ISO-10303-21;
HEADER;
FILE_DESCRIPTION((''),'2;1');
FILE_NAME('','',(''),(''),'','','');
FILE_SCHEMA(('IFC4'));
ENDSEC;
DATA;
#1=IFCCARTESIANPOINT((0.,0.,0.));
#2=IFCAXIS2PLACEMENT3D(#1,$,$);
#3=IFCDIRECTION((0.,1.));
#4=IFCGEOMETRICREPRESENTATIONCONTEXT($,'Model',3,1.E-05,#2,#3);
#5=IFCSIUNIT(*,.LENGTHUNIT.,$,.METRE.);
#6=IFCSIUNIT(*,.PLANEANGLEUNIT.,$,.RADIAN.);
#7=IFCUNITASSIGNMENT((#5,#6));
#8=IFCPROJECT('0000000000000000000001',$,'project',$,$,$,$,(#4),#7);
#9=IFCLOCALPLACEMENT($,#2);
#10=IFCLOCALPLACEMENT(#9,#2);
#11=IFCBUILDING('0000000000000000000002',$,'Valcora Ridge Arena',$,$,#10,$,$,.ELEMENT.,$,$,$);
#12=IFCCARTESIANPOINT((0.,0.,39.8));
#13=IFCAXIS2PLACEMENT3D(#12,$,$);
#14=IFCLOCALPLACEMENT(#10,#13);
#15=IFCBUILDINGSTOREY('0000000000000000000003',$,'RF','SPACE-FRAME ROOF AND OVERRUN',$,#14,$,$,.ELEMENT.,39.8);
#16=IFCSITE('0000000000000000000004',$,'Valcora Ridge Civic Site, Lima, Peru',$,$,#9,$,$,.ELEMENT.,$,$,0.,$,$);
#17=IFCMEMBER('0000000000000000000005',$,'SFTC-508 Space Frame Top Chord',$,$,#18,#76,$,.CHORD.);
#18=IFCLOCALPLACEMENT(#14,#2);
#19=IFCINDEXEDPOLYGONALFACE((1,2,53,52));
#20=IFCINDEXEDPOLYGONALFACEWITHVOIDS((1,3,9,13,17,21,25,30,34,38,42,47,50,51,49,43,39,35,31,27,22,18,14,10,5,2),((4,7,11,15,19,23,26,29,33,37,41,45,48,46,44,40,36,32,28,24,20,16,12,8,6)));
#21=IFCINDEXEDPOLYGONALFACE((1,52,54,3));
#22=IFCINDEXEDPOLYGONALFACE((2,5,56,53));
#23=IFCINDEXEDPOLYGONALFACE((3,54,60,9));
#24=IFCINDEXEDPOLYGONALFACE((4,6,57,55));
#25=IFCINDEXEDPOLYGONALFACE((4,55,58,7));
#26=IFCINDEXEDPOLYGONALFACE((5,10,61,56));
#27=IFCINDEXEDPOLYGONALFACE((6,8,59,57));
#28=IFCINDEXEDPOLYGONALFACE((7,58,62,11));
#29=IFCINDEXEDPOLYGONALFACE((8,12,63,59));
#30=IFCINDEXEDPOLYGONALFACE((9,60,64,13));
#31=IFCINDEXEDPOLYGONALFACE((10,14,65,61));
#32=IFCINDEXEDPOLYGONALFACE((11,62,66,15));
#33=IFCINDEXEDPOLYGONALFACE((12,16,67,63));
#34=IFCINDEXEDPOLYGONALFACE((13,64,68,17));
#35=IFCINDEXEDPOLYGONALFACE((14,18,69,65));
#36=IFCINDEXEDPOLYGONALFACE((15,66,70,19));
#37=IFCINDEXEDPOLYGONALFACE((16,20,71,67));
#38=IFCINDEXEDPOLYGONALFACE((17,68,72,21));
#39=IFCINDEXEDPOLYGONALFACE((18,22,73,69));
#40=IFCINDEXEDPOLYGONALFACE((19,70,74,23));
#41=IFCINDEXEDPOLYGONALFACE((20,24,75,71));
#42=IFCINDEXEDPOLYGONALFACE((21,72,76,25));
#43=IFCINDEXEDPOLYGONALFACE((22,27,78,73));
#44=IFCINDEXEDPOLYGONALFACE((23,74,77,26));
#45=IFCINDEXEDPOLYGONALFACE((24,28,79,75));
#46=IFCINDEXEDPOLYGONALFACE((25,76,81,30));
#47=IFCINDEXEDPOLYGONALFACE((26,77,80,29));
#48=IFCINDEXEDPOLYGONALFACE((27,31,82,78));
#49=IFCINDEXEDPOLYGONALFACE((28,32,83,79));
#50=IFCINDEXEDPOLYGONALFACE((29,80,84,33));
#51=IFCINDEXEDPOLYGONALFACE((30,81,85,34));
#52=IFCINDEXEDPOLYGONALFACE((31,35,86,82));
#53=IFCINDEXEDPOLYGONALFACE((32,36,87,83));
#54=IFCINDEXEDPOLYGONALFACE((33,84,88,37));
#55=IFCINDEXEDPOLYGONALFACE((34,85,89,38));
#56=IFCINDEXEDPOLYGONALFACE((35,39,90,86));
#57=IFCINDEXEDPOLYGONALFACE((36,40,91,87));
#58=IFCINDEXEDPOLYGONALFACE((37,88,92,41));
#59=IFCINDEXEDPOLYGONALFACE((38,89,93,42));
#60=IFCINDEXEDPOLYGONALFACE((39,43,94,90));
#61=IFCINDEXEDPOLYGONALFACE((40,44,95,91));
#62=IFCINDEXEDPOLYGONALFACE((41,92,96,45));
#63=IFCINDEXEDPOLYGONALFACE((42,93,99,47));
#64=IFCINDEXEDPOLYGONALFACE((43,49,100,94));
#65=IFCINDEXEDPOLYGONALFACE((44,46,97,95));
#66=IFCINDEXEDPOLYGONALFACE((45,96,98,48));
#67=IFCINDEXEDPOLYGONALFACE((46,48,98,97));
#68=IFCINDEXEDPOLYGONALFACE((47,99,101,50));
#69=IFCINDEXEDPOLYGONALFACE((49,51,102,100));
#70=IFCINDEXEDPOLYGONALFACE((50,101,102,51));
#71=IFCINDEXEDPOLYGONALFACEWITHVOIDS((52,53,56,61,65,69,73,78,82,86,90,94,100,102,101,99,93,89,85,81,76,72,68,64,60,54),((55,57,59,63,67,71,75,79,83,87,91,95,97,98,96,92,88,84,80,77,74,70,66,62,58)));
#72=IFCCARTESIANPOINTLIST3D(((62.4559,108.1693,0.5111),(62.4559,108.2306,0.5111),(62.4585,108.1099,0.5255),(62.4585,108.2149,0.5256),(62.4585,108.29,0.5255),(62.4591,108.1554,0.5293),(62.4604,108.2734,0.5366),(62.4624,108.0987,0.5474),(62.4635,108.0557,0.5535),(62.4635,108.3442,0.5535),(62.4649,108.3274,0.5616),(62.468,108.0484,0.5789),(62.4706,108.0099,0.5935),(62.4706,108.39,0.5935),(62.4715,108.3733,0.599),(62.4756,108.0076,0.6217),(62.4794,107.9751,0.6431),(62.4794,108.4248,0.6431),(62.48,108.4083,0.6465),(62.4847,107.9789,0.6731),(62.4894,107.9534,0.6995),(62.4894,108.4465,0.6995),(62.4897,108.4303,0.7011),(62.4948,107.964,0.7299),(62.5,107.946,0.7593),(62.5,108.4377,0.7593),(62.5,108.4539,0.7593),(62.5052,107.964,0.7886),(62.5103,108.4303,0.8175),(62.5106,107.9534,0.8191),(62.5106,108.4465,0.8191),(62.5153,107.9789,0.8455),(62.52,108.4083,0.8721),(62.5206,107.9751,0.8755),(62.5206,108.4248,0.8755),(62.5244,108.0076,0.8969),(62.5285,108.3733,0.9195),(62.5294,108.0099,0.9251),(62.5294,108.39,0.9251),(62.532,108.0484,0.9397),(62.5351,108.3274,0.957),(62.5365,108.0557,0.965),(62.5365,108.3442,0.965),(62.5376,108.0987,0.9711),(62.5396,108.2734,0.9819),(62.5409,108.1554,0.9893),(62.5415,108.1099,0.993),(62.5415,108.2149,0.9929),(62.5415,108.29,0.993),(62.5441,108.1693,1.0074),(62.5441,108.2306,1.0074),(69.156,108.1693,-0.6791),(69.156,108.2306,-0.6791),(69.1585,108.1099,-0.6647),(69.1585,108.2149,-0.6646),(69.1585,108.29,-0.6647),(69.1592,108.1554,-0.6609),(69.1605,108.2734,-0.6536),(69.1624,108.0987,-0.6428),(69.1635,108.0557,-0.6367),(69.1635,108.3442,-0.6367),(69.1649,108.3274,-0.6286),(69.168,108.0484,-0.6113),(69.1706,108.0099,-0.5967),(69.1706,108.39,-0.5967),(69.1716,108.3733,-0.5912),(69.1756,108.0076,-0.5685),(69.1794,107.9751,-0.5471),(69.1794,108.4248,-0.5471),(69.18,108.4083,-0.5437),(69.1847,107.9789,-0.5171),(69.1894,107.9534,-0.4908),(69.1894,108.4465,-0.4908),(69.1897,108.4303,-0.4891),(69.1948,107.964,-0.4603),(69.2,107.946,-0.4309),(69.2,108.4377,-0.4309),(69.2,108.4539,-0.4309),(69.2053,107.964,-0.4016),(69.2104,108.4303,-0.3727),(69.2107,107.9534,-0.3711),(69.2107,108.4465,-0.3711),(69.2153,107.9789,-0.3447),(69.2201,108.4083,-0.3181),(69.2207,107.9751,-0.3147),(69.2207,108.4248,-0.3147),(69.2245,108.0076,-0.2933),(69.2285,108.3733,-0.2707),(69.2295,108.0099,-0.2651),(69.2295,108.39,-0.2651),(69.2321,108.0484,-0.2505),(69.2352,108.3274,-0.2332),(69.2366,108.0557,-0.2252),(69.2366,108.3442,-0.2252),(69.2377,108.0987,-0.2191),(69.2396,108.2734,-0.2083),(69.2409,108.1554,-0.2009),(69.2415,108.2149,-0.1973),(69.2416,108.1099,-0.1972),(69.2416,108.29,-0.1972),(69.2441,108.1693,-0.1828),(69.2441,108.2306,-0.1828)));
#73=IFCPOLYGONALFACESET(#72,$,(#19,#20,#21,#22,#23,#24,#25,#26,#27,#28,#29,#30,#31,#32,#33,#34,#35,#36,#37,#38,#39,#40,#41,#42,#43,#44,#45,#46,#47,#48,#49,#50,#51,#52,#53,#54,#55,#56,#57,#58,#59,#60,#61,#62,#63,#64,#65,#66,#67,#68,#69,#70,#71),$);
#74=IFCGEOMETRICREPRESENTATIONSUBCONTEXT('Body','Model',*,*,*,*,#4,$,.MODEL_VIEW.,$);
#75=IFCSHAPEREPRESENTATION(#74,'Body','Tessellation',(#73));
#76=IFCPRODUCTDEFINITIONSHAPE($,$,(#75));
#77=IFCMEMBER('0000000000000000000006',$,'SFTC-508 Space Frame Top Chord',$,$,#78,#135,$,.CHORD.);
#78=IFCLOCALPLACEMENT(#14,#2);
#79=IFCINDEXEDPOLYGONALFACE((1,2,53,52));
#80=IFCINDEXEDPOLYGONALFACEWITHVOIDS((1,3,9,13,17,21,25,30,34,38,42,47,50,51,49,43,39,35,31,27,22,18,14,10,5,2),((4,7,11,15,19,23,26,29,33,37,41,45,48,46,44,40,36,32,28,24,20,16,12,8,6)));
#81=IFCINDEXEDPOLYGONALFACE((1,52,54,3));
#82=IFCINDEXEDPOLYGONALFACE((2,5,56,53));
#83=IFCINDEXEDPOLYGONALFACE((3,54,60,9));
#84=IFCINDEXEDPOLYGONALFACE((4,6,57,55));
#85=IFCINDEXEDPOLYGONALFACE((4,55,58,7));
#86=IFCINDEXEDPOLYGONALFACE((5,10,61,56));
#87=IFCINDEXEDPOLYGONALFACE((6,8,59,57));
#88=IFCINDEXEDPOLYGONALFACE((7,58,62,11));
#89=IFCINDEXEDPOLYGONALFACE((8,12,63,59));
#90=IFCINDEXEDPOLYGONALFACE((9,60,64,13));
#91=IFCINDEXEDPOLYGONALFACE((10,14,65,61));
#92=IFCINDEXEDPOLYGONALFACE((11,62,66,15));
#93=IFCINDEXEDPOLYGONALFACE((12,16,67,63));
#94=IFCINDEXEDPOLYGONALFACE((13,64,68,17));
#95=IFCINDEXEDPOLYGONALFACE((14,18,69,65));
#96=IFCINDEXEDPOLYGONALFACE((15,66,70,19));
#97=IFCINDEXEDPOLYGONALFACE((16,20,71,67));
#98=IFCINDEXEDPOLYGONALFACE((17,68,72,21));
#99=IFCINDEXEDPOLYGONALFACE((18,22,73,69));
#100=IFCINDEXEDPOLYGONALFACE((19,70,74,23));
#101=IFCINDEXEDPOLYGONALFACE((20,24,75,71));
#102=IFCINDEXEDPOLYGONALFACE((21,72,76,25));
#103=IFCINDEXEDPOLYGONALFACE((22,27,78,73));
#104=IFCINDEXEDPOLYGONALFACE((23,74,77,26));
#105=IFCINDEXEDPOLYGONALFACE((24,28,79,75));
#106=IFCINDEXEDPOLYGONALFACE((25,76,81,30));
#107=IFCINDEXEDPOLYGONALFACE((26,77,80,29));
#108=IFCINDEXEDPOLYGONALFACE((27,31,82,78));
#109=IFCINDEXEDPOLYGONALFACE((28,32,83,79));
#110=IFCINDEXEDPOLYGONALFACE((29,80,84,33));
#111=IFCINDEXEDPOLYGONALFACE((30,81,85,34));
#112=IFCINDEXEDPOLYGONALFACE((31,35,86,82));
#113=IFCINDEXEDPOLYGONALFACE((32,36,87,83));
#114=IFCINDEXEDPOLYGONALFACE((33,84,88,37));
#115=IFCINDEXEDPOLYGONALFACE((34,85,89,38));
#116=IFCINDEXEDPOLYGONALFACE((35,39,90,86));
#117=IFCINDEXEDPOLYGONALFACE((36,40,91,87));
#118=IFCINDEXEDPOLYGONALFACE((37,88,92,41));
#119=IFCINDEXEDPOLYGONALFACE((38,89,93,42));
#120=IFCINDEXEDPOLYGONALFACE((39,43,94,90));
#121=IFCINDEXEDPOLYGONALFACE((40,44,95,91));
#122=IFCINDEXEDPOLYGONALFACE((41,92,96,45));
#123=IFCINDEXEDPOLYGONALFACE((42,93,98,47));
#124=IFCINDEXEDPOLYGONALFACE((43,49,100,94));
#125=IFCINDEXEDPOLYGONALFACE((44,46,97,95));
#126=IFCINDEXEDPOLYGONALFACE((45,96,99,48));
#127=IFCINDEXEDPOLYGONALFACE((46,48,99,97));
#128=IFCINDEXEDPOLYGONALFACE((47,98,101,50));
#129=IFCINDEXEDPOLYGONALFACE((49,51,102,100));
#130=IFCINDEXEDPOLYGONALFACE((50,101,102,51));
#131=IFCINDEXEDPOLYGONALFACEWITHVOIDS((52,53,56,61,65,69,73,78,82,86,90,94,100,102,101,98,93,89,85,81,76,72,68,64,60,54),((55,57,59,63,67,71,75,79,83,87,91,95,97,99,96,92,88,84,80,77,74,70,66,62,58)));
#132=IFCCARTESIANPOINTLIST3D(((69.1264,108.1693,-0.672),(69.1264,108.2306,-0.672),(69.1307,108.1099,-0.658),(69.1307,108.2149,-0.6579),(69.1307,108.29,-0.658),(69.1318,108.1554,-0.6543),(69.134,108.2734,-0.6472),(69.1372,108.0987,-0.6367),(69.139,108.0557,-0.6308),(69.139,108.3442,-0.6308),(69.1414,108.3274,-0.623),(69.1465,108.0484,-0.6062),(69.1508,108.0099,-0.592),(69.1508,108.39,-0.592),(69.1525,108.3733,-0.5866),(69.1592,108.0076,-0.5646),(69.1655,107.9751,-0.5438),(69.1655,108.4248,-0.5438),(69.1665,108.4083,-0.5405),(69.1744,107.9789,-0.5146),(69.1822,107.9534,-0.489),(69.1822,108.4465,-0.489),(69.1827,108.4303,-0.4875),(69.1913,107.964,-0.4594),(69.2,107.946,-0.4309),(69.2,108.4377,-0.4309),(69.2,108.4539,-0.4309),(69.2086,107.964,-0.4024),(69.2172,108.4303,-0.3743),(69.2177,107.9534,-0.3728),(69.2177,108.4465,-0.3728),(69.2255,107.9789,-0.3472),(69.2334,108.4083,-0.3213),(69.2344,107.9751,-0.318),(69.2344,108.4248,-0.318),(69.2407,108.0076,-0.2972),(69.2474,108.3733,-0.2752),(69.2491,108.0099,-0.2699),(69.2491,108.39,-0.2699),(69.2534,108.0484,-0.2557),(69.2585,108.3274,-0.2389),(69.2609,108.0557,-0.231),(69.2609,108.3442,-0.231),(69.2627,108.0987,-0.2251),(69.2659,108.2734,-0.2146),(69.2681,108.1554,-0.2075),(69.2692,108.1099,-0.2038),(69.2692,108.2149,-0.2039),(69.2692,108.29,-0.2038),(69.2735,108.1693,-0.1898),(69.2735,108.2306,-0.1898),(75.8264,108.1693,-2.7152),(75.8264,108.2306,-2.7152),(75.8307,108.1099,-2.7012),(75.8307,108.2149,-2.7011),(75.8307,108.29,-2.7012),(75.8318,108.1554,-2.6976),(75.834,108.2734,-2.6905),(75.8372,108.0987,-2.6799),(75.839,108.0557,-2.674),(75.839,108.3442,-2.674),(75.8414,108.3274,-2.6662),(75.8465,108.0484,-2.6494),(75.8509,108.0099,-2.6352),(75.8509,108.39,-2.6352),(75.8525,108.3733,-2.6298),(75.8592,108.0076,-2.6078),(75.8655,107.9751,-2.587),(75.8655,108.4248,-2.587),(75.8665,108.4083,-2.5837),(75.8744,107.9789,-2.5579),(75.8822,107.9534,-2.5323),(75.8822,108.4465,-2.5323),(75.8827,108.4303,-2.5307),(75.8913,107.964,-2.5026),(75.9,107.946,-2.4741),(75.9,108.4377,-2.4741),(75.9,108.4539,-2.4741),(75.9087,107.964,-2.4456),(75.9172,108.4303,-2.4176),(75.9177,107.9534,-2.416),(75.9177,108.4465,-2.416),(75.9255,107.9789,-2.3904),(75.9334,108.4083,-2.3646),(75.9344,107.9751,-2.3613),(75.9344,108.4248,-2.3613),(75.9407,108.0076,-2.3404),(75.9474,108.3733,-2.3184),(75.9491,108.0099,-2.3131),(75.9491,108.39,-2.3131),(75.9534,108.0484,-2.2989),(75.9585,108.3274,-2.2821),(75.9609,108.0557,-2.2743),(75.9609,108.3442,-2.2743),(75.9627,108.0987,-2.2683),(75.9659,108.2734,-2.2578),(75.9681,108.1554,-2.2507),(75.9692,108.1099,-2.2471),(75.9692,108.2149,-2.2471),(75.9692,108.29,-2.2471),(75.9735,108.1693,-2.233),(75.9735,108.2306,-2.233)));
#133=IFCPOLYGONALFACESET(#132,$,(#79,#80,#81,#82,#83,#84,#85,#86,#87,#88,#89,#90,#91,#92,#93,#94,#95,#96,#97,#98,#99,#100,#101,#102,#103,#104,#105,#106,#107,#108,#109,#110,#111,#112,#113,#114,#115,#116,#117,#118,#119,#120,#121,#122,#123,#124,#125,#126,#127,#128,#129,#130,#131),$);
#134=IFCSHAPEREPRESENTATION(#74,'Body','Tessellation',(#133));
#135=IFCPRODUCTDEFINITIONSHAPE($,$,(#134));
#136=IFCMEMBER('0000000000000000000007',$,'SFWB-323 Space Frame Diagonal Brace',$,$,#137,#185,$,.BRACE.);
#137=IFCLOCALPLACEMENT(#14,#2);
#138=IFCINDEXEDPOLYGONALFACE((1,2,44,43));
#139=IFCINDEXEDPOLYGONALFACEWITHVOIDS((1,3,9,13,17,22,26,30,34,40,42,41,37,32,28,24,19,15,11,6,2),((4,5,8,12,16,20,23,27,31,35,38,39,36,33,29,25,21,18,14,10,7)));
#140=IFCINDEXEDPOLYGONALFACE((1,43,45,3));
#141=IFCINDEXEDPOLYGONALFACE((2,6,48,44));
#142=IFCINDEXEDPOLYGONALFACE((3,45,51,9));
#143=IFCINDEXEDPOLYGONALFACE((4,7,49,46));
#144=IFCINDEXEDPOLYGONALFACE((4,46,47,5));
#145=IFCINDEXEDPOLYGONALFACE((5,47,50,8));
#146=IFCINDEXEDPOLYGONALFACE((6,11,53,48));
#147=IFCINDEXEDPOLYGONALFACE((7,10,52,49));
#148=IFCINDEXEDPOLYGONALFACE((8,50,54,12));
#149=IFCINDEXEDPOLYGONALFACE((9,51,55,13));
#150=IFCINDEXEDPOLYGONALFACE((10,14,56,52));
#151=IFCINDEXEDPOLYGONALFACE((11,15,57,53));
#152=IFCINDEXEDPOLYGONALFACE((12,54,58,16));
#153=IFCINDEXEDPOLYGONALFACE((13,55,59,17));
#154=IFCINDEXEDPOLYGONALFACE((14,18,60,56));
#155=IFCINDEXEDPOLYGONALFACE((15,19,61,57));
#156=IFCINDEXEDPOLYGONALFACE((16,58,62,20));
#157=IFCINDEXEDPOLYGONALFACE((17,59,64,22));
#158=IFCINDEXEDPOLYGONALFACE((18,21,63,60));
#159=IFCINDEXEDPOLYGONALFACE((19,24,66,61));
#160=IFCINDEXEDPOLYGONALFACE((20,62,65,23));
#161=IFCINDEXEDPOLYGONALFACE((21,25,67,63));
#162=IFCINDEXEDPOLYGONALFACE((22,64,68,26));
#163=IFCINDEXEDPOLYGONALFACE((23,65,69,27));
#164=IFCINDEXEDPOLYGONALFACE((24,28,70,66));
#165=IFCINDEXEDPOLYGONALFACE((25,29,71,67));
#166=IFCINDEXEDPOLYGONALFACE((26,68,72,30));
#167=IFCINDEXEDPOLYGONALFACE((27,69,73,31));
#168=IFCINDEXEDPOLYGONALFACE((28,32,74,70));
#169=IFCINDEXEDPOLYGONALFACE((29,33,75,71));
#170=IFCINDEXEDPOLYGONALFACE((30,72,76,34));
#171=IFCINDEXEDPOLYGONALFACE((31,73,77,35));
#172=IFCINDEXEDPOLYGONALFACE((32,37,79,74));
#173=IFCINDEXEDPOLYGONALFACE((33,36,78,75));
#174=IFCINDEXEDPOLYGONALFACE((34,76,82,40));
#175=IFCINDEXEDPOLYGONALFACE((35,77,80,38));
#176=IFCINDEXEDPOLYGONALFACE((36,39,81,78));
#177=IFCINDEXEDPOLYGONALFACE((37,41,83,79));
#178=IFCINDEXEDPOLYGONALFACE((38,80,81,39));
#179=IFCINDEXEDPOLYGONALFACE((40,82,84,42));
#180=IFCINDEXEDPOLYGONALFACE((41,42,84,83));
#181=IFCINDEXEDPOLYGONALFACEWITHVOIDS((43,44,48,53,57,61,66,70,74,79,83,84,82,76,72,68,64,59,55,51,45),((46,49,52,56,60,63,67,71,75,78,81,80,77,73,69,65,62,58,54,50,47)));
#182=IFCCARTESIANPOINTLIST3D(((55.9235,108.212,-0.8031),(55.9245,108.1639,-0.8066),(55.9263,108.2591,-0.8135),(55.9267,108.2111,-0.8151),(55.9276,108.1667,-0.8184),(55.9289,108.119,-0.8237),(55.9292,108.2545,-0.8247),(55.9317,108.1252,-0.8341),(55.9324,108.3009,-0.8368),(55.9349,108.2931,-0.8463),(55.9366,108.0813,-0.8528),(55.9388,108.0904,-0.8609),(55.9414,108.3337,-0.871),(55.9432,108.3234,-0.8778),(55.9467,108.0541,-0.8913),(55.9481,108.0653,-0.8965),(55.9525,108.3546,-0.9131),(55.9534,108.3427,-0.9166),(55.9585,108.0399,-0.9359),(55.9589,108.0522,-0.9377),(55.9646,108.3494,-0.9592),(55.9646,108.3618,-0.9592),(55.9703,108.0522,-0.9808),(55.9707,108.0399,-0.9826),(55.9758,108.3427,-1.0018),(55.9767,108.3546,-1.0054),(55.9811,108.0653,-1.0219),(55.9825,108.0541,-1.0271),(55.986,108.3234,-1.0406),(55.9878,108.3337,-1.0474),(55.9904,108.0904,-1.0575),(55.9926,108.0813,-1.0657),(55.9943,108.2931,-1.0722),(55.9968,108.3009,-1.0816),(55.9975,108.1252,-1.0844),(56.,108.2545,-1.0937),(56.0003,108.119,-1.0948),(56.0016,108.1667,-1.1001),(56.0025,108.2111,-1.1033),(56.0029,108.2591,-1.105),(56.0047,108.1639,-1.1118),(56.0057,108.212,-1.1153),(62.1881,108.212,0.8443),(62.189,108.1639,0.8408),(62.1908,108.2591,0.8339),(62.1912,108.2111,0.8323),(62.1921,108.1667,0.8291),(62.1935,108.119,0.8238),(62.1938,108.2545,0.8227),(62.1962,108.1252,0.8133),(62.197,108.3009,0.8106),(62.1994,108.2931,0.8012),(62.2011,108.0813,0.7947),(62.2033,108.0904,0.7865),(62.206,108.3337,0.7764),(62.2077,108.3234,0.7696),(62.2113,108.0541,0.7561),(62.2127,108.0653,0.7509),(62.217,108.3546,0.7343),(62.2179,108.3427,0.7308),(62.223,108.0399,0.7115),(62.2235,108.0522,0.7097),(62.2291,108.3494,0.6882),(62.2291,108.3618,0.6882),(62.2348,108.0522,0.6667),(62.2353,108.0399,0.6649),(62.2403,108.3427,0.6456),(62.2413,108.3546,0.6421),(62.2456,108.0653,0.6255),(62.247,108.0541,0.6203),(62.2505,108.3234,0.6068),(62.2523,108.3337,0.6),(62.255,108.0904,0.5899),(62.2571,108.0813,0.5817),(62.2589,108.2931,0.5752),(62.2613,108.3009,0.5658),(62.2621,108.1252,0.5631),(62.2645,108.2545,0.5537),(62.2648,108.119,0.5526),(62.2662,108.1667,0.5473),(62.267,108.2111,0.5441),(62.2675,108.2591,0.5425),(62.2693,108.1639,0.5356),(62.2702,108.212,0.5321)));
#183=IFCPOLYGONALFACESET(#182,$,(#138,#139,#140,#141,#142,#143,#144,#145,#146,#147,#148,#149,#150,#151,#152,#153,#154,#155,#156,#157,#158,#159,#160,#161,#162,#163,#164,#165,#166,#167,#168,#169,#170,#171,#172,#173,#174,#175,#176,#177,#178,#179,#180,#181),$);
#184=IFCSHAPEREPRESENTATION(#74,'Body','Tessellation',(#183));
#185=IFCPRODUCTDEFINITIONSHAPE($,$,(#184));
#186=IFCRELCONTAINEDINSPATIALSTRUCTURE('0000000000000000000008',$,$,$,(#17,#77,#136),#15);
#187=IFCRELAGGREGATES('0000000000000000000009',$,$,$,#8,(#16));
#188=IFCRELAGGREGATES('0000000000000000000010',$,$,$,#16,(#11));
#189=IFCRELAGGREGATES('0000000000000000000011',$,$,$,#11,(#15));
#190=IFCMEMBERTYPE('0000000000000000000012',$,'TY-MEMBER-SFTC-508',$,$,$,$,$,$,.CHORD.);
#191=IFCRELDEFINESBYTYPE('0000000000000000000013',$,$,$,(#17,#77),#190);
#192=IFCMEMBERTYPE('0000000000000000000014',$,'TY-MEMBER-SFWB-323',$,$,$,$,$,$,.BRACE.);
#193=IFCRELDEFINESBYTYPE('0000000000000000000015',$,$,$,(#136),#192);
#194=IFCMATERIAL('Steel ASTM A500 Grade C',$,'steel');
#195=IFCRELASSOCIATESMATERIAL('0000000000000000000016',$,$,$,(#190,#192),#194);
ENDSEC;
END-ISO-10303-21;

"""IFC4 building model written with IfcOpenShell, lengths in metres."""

from ifc_helpers import new_model, si_unit, direction, frame, origin, origin_2d, place, context, subcontext, project, spatial, hollow_circle, extrude, material, material_profile, profile_set, type_object, element, save


model = new_model("IFC4")

# Units and contexts
model_context = context("Model", 3, precision=1e-05, world=origin(), true_north=direction((0.0, 1.0)))
body_context = subcontext(model_context, "Body", "Model", "MODEL_VIEW")
ifc_project = project(units=[si_unit("LENGTHUNIT", "METRE"), si_unit("PLANEANGLEUNIT", "RADIAN")], contexts=[model_context])

# Site, building, storey
site_placement = place(None, origin())
site = spatial("IfcSite", under=ifc_project, at=site_placement, Name="Valcora Ridge Civic Site, Lima, Peru", CompositionType="ELEMENT", RefElevation=0.0)
building_placement = place(site_placement, origin())
building = spatial("IfcBuilding", under=site, at=building_placement, Name="Valcora Ridge Arena", CompositionType="ELEMENT")
storey_placement = place(building_placement, frame((0.0, 0.0, 39.8)))
storey = spatial("IfcBuildingStorey", under=building, at=storey_placement, Name="RF", Description="SPACE-FRAME ROOF AND OVERRUN", CompositionType="ELEMENT", Elevation=39.8)

# Members
ifc_material_1 = material(Name="Steel ASTM A500 Grade C", Category="steel")
ifc_material_profile_1 = material_profile(ifc_material_1, hollow_circle(Radius=0.2539, WallThickness=0.0161, at=origin_2d()), Name="CHS508X16")
ifc_profile_set_1 = profile_set([ifc_material_profile_1], Name="Steel ASTM A500 Grade C")
member_type_1 = type_object("IfcMemberType", Name="TY-MEMBER-SFTC-508", PredefinedType="CHORD", material=ifc_profile_set_1)
member_1_placement = place(storey_placement, frame((62.5, 108.2, 0.7593), z_axis=(0.984586, 0.0, -0.174903), x_axis=(0.0, 1.0, 0.0)))
element("IfcMember", 1, at=member_1_placement, inside=storey, type_object=member_type_1, Name="SFTC-508 Space Frame Top Chord", PredefinedType="CHORD", context=body_context, shape_type="SweptSolid", body=[
    extrude(hollow_circle(Radius=0.2539, WallThickness=0.0161, at=origin_2d()), origin(), (0.0, 0.0, 1.0), 6.8049),
])
member_2_placement = place(storey_placement, frame((69.2, 108.2, -0.4309), z_axis=(0.956511, 0.0, -0.291697), x_axis=(0.0, 1.0, 0.0)))
element("IfcMember", 2, at=member_2_placement, inside=storey, type_object=member_type_1, Name="SFTC-508 Space Frame Top Chord", PredefinedType="CHORD", context=body_context, shape_type="SweptSolid", body=[
    extrude(hollow_circle(Radius=0.2539, WallThickness=0.0161, at=origin_2d()), origin(), (0.0, 0.0, 1.0), 7.0046),
])
ifc_material_profile_2 = material_profile(ifc_material_1, hollow_circle(Radius=0.1619, WallThickness=0.0125, at=origin_2d()), Name="CHS323X12")
ifc_profile_set_2 = profile_set([ifc_material_profile_2], Name="Steel ASTM A500 Grade C")
member_type_2 = type_object("IfcMemberType", Name="TY-MEMBER-SFWB-323", PredefinedType="BRACE", material=ifc_profile_set_2)
member_3_placement = place(storey_placement, frame((55.9646, 108.2, -0.9592), z_axis=(0.967117, 0.0, 0.25433), x_axis=(0.0, 1.0, 0.0)))
element("IfcMember", 3, at=member_3_placement, inside=storey, type_object=member_type_2, Name="SFWB-323 Space Frame Diagonal Brace", PredefinedType="BRACE", context=body_context, shape_type="SweptSolid", body=[
    extrude(hollow_circle(Radius=0.1619, WallThickness=0.0125, at=origin_2d()), origin(), (0.0, 0.0, 1.0), 6.4775),
])

save(model, "model.ifc")
